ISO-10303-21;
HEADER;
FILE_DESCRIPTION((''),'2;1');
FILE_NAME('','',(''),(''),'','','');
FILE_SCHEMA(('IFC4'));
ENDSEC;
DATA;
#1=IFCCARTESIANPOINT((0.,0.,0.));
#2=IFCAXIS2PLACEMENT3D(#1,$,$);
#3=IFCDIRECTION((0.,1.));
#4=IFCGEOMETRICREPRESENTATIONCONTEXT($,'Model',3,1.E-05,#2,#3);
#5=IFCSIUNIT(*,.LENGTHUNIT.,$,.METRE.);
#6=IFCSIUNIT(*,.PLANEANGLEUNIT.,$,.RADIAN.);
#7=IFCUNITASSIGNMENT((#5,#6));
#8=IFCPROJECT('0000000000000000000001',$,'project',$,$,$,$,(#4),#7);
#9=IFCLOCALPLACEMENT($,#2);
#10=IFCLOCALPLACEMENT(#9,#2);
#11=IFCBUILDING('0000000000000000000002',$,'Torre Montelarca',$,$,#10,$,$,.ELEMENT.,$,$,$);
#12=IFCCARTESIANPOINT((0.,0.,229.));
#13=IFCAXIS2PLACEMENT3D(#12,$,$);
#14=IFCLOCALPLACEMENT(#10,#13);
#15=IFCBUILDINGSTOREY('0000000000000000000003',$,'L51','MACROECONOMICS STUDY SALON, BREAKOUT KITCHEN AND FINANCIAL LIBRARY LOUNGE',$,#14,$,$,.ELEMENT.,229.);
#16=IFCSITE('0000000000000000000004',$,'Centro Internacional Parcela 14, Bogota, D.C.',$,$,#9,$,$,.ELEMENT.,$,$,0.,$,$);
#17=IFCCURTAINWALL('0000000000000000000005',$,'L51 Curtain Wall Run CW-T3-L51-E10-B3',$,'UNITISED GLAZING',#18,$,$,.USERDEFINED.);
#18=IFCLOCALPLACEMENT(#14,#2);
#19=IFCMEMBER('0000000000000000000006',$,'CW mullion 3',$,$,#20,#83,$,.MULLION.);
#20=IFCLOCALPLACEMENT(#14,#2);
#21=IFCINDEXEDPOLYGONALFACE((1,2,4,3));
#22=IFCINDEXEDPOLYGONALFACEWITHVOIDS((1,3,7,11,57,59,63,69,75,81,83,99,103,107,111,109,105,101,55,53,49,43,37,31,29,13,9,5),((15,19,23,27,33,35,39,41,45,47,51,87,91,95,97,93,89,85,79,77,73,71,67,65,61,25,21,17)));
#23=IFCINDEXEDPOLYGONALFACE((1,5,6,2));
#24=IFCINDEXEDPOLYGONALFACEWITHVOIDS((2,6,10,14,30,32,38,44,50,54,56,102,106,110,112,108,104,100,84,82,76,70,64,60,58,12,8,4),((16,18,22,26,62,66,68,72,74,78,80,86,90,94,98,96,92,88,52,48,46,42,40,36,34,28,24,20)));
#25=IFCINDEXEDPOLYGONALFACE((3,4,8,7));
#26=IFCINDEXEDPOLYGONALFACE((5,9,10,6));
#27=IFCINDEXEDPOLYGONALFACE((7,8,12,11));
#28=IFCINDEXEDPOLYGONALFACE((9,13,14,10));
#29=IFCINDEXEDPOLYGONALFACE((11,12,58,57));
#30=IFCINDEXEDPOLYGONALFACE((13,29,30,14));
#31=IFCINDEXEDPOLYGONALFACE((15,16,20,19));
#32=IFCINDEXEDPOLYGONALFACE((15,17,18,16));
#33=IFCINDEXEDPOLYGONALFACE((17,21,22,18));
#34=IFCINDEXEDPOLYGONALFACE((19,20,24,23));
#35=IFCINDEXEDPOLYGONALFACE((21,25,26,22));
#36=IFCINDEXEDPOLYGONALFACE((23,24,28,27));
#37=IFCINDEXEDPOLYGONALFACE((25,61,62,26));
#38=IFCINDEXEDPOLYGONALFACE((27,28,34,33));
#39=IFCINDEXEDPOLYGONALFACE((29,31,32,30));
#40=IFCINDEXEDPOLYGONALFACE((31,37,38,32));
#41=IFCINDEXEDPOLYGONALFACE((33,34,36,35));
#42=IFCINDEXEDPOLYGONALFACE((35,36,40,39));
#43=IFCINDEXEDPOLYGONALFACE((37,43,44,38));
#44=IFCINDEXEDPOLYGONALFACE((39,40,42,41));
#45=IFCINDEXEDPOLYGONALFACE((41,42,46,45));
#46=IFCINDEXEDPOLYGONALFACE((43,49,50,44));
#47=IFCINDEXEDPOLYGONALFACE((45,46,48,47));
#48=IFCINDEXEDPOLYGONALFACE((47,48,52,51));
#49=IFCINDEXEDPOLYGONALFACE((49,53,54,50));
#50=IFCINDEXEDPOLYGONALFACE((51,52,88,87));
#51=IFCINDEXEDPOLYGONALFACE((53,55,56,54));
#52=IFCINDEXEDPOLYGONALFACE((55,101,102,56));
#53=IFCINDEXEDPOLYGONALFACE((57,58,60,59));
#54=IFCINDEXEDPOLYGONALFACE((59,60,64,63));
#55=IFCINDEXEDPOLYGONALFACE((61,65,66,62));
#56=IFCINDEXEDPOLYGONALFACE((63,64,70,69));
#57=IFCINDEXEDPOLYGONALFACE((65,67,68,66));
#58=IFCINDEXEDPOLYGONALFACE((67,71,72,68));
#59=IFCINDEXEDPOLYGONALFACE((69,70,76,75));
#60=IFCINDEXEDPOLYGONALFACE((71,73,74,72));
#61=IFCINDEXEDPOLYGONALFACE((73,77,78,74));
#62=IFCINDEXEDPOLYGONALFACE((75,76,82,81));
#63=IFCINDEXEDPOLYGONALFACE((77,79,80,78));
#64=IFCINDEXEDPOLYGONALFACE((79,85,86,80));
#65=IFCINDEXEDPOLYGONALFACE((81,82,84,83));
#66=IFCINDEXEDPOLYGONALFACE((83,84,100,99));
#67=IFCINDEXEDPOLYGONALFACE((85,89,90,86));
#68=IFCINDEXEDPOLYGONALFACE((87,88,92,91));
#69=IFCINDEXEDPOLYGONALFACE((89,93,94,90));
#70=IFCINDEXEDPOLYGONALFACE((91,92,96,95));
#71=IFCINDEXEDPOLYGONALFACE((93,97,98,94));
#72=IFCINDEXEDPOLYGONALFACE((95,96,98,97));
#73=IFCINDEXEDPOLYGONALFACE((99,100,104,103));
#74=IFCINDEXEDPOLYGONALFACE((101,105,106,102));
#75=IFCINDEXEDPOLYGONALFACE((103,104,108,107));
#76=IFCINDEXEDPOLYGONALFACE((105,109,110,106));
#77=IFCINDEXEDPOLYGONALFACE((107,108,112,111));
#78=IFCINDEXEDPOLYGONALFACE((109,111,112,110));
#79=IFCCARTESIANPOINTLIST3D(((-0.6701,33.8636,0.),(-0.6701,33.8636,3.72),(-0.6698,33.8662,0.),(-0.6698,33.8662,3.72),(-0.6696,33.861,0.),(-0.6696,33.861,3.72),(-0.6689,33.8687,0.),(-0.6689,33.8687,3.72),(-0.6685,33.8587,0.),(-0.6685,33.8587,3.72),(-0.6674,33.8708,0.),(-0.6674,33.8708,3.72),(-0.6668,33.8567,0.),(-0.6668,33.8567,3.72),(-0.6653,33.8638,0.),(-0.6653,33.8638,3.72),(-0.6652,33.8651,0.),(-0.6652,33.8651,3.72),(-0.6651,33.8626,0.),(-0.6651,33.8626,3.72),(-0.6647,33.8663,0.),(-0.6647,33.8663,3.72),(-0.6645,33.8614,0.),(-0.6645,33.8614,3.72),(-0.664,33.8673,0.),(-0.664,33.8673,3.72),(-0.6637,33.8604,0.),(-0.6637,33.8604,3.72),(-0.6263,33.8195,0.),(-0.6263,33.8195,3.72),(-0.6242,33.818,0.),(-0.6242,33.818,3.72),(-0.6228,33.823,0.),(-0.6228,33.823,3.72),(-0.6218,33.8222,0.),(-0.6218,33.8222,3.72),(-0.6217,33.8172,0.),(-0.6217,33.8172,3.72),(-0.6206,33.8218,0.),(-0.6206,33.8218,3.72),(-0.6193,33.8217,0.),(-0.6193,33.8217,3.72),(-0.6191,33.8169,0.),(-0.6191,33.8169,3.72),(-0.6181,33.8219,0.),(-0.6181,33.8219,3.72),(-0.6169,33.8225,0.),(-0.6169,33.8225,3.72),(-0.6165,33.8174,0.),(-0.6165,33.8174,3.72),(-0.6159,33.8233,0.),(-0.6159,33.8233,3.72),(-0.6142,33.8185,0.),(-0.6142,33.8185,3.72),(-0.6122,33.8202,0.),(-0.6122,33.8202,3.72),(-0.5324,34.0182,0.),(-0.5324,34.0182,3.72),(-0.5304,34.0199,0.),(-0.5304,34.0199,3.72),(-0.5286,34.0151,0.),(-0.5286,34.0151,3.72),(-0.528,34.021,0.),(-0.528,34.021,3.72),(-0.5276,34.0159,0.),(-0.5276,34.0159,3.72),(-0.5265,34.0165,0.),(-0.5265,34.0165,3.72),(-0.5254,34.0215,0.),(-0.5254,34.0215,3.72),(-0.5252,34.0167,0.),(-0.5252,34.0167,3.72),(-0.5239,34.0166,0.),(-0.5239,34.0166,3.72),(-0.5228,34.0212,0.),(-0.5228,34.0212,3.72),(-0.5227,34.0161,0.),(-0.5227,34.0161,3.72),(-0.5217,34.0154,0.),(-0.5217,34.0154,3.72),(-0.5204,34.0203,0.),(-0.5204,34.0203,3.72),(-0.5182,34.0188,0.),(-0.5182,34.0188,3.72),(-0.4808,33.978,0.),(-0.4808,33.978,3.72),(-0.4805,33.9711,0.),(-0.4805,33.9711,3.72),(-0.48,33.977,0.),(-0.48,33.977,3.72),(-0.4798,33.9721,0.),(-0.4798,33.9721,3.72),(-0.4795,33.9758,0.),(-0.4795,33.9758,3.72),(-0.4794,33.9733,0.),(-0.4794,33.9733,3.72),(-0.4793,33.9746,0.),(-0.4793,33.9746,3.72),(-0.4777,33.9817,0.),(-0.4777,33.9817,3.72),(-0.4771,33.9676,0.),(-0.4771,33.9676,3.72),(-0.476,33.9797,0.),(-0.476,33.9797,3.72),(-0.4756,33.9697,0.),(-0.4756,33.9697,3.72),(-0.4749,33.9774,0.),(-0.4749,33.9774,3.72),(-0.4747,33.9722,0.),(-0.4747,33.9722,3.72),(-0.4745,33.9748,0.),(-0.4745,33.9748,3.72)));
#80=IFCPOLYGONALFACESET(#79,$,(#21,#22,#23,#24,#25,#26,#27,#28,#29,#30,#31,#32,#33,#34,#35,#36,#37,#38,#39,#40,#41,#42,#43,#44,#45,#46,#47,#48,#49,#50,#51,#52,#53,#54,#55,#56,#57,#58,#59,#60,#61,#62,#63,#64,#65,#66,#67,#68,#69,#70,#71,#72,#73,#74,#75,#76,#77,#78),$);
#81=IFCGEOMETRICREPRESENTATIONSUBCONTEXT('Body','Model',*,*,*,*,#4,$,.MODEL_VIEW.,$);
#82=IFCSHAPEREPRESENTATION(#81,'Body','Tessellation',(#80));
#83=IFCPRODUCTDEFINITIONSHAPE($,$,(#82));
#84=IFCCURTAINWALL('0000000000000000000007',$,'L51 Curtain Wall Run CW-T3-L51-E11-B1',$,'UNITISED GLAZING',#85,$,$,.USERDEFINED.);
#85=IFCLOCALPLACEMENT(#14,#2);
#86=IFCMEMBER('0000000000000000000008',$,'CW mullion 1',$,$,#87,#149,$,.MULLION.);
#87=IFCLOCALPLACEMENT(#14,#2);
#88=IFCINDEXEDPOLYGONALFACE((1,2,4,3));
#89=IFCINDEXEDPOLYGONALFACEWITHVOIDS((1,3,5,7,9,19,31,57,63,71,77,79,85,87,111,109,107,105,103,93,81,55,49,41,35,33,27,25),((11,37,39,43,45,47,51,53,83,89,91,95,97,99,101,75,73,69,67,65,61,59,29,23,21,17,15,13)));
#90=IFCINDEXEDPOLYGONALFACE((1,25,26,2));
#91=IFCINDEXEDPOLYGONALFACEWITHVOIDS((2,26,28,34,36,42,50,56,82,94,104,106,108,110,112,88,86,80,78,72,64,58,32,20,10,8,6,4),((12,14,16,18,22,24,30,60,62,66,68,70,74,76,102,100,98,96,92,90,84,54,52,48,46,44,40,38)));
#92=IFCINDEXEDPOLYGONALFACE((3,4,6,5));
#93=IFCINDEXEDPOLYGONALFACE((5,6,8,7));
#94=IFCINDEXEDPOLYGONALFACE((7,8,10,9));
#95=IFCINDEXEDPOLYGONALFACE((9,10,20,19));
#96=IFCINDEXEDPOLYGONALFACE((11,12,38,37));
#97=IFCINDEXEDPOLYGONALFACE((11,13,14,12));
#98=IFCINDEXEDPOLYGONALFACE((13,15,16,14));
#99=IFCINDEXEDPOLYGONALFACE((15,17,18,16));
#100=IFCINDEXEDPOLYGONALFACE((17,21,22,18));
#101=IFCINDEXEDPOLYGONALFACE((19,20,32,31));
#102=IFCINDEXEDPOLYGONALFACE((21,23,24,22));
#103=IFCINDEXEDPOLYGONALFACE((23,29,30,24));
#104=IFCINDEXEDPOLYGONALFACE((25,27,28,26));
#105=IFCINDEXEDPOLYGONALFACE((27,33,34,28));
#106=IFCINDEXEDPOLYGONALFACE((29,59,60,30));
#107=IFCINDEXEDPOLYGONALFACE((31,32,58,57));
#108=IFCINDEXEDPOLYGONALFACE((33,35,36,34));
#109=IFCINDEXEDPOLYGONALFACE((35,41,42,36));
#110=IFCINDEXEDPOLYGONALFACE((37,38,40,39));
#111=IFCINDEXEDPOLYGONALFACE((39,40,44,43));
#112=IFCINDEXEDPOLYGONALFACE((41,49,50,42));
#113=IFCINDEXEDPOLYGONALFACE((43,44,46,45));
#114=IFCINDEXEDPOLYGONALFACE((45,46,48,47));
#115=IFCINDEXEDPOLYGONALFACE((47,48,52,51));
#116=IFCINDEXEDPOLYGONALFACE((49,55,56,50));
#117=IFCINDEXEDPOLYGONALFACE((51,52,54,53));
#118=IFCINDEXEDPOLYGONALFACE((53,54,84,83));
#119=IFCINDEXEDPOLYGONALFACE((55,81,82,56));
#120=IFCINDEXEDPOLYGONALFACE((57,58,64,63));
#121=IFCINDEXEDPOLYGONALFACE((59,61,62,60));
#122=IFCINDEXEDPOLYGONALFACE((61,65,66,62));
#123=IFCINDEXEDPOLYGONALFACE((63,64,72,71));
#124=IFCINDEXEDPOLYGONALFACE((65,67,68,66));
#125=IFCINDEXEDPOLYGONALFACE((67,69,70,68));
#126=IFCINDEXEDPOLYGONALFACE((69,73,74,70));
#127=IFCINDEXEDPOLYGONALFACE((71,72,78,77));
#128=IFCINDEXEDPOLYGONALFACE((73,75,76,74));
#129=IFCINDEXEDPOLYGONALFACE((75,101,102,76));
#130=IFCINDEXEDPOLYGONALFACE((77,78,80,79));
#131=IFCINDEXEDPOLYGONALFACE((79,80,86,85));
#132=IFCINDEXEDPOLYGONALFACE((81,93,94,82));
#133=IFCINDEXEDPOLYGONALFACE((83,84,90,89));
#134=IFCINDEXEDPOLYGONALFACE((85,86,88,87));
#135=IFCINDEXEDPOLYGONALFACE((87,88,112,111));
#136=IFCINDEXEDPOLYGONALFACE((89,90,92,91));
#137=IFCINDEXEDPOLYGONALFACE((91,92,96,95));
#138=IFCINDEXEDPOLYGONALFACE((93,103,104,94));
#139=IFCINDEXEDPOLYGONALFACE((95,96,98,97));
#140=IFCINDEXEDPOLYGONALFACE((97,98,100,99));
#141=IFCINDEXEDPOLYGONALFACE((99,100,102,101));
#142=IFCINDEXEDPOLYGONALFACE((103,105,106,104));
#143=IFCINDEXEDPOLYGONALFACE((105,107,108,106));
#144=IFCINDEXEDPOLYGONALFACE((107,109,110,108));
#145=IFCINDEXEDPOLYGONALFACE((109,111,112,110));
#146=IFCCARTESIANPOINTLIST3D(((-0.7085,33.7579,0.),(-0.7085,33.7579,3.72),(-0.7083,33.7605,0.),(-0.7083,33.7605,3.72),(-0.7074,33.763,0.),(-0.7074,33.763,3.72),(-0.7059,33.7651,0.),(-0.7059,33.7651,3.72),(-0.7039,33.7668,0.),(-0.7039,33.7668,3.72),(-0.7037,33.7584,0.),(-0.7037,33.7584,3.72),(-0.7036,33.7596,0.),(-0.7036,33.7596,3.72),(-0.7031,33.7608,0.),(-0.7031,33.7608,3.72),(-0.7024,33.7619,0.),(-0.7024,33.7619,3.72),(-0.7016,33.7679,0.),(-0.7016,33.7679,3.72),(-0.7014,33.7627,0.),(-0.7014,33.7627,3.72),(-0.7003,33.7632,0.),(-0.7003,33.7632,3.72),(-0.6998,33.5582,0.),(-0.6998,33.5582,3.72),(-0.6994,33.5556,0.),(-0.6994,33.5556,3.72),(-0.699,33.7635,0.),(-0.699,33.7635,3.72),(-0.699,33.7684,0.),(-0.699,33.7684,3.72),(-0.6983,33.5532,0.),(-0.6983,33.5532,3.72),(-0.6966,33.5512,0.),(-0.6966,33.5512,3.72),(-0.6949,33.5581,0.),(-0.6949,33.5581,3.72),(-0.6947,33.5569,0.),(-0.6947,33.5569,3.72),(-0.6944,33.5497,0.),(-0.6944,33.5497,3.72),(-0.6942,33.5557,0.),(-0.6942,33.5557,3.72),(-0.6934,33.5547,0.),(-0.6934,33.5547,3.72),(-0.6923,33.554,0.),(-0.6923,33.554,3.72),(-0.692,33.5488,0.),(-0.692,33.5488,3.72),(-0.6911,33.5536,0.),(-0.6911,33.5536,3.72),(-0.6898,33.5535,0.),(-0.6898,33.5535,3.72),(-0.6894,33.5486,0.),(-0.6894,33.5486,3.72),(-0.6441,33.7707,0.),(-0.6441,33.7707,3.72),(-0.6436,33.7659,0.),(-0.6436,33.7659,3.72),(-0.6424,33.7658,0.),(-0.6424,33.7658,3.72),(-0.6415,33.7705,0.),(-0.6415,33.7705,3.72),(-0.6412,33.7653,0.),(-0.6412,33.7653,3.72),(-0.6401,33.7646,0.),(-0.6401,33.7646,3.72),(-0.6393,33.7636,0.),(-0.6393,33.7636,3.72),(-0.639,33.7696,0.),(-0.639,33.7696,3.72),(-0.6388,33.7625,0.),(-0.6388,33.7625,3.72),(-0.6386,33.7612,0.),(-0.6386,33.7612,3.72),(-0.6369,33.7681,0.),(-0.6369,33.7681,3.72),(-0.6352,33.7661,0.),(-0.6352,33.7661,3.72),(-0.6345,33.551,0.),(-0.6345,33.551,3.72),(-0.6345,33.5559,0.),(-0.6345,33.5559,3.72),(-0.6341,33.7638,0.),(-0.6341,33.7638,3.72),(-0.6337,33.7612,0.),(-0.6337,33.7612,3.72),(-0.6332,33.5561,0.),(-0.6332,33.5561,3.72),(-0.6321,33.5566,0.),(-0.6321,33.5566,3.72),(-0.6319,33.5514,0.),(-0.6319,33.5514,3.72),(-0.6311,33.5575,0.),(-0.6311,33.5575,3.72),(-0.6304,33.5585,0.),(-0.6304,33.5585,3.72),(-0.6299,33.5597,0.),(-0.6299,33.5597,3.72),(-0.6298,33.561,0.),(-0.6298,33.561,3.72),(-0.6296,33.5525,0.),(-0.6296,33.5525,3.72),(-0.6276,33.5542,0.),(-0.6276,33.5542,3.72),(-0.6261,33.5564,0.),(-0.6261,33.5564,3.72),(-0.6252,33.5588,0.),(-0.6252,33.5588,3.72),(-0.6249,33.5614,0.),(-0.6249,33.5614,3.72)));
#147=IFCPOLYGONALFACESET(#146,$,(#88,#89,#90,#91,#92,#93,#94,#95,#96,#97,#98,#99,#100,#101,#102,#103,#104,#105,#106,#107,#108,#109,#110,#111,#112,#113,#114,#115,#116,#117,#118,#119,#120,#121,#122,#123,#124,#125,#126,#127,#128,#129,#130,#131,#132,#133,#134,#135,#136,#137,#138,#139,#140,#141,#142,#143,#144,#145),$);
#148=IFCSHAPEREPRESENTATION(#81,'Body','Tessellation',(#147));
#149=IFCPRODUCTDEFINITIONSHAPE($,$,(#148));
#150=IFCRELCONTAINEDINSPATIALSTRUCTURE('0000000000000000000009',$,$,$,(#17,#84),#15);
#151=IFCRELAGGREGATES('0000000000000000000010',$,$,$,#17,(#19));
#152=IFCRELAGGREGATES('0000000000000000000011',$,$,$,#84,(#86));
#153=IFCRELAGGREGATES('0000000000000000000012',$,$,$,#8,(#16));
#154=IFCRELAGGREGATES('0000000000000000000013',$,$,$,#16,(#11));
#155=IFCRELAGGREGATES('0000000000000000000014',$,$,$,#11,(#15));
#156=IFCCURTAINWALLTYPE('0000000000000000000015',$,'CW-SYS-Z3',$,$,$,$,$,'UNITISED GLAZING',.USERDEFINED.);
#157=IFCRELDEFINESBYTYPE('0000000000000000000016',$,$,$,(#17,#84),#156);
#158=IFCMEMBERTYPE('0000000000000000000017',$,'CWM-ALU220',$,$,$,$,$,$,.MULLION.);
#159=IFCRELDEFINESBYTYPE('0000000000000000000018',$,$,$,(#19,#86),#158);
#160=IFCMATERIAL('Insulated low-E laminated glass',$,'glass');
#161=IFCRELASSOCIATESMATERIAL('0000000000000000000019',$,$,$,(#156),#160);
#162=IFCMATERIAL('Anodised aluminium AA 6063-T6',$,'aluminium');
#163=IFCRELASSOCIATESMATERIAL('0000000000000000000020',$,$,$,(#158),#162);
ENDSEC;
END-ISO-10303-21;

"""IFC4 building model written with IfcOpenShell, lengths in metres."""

from ifc_helpers import new_model, si_unit, direction, frame, origin, origin_2d, place, context, subcontext, project, spatial, hollow_rectangle, extrude, source, transform, mapped, material, material_profile, profile_set, type_object, element, aggregate, save


model = new_model("IFC4")

# Units and contexts
model_context = context("Model", 3, precision=1e-05, world=origin(), true_north=direction((0.0, 1.0)))
body_context = subcontext(model_context, "Body", "Model", "MODEL_VIEW")
ifc_project = project(units=[si_unit("LENGTHUNIT", "METRE"), si_unit("PLANEANGLEUNIT", "RADIAN")], contexts=[model_context])

# Site, building, storey
site_placement = place(None, origin())
site = spatial("IfcSite", under=ifc_project, at=site_placement, Name="Centro Internacional Parcela 14, Bogota, D.C.", CompositionType="ELEMENT", RefElevation=0.0)
building_placement = place(site_placement, origin())
building = spatial("IfcBuilding", under=site, at=building_placement, Name="Torre Montelarca", CompositionType="ELEMENT")
storey_placement = place(building_placement, frame((0.0, 0.0, 229.0)))
storey = spatial("IfcBuildingStorey", under=building, at=storey_placement, Name="L51", Description="MACROECONOMICS STUDY SALON, BREAKOUT KITCHEN AND FINANCIAL LIBRARY LOUNGE", CompositionType="ELEMENT", Elevation=229.0)

# Curtain wall, member
ifc_material_1 = material(Name="Insulated low-E laminated glass", Category="glass")
curtain_wall_type = type_object("IfcCurtainWallType", Name="CW-SYS-Z3", ElementType="UNITISED GLAZING", PredefinedType="USERDEFINED", material=ifc_material_1)
curtain_wall_1_placement = place(storey_placement, origin())
curtain_wall_1 = element("IfcCurtainWall", 1, at=curtain_wall_1_placement, inside=storey, type_object=curtain_wall_type, Name="L51 Curtain Wall Run CW-T3-L51-E10-B3", ObjectType="UNITISED GLAZING", PredefinedType="USERDEFINED")
ifc_material_2 = material(Name="Anodised aluminium AA 6063-T6", Category="aluminium")
ifc_material_profile_1 = material_profile(ifc_material_2, hollow_rectangle(XDim=0.075, YDim=0.22, WallThickness=0.0049, InnerFilletRadius=0.0049, OuterFilletRadius=0.01, at=origin_2d()), Name="ALU75X220X5", Category="aluminium")
ifc_profile_set_1 = profile_set([ifc_material_profile_1], Name="Anodised aluminium AA 6063-T6")
member_type_1 = type_object("IfcMemberType", Name="CWM-ALU220", PredefinedType="MULLION", material=ifc_profile_set_1)
shared_shape_1 = source(origin(), body_context, "Body", "SweptSolid", [
    extrude(hollow_rectangle(XDim=0.075, YDim=0.22, WallThickness=0.0049, InnerFilletRadius=0.0049, OuterFilletRadius=0.01, at=origin_2d()), origin(), (0.0, 0.0, 1.0), 3.72),
])
member_1_placement = place(storey_placement, frame((-0.5723, 33.9192, 0.0), z_axis=(0.0, 0.0, 1.0), x_axis=(0.737285, -0.675582, 0.0)))
member_1 = element("IfcMember", 2, at=member_1_placement, type_object=member_type_1, Name="CW mullion 3", PredefinedType="MULLION", context=body_context, shape_type="MappedRepresentation", body=[
    mapped(shared_shape_1, transform((0.0, 0.0, 0.0), scale=1.0)),
])

# Curtain wall, member
curtain_wall_2_placement = place(storey_placement, origin())
curtain_wall_2 = element("IfcCurtainWall", 3, at=curtain_wall_2_placement, inside=storey, type_object=curtain_wall_type, Name="L51 Curtain Wall Run CW-T3-L51-E11-B1", ObjectType="UNITISED GLAZING", PredefinedType="USERDEFINED")
member_2_placement = place(storey_placement, frame((-0.6667, 33.6597, 0.0), z_axis=(0.0, 0.0, 1.0), x_axis=(0.999048, 0.043625, 0.0)))
member_2 = element("IfcMember", 4, at=member_2_placement, type_object=member_type_1, Name="CW mullion 1", PredefinedType="MULLION", context=body_context, shape_type="MappedRepresentation", body=[
    mapped(shared_shape_1, transform((0.0, 0.0, 0.0), scale=1.0)),
])

aggregate(curtain_wall_1, [member_1])
aggregate(curtain_wall_2, [member_2])

save(model, "model.ifc")
